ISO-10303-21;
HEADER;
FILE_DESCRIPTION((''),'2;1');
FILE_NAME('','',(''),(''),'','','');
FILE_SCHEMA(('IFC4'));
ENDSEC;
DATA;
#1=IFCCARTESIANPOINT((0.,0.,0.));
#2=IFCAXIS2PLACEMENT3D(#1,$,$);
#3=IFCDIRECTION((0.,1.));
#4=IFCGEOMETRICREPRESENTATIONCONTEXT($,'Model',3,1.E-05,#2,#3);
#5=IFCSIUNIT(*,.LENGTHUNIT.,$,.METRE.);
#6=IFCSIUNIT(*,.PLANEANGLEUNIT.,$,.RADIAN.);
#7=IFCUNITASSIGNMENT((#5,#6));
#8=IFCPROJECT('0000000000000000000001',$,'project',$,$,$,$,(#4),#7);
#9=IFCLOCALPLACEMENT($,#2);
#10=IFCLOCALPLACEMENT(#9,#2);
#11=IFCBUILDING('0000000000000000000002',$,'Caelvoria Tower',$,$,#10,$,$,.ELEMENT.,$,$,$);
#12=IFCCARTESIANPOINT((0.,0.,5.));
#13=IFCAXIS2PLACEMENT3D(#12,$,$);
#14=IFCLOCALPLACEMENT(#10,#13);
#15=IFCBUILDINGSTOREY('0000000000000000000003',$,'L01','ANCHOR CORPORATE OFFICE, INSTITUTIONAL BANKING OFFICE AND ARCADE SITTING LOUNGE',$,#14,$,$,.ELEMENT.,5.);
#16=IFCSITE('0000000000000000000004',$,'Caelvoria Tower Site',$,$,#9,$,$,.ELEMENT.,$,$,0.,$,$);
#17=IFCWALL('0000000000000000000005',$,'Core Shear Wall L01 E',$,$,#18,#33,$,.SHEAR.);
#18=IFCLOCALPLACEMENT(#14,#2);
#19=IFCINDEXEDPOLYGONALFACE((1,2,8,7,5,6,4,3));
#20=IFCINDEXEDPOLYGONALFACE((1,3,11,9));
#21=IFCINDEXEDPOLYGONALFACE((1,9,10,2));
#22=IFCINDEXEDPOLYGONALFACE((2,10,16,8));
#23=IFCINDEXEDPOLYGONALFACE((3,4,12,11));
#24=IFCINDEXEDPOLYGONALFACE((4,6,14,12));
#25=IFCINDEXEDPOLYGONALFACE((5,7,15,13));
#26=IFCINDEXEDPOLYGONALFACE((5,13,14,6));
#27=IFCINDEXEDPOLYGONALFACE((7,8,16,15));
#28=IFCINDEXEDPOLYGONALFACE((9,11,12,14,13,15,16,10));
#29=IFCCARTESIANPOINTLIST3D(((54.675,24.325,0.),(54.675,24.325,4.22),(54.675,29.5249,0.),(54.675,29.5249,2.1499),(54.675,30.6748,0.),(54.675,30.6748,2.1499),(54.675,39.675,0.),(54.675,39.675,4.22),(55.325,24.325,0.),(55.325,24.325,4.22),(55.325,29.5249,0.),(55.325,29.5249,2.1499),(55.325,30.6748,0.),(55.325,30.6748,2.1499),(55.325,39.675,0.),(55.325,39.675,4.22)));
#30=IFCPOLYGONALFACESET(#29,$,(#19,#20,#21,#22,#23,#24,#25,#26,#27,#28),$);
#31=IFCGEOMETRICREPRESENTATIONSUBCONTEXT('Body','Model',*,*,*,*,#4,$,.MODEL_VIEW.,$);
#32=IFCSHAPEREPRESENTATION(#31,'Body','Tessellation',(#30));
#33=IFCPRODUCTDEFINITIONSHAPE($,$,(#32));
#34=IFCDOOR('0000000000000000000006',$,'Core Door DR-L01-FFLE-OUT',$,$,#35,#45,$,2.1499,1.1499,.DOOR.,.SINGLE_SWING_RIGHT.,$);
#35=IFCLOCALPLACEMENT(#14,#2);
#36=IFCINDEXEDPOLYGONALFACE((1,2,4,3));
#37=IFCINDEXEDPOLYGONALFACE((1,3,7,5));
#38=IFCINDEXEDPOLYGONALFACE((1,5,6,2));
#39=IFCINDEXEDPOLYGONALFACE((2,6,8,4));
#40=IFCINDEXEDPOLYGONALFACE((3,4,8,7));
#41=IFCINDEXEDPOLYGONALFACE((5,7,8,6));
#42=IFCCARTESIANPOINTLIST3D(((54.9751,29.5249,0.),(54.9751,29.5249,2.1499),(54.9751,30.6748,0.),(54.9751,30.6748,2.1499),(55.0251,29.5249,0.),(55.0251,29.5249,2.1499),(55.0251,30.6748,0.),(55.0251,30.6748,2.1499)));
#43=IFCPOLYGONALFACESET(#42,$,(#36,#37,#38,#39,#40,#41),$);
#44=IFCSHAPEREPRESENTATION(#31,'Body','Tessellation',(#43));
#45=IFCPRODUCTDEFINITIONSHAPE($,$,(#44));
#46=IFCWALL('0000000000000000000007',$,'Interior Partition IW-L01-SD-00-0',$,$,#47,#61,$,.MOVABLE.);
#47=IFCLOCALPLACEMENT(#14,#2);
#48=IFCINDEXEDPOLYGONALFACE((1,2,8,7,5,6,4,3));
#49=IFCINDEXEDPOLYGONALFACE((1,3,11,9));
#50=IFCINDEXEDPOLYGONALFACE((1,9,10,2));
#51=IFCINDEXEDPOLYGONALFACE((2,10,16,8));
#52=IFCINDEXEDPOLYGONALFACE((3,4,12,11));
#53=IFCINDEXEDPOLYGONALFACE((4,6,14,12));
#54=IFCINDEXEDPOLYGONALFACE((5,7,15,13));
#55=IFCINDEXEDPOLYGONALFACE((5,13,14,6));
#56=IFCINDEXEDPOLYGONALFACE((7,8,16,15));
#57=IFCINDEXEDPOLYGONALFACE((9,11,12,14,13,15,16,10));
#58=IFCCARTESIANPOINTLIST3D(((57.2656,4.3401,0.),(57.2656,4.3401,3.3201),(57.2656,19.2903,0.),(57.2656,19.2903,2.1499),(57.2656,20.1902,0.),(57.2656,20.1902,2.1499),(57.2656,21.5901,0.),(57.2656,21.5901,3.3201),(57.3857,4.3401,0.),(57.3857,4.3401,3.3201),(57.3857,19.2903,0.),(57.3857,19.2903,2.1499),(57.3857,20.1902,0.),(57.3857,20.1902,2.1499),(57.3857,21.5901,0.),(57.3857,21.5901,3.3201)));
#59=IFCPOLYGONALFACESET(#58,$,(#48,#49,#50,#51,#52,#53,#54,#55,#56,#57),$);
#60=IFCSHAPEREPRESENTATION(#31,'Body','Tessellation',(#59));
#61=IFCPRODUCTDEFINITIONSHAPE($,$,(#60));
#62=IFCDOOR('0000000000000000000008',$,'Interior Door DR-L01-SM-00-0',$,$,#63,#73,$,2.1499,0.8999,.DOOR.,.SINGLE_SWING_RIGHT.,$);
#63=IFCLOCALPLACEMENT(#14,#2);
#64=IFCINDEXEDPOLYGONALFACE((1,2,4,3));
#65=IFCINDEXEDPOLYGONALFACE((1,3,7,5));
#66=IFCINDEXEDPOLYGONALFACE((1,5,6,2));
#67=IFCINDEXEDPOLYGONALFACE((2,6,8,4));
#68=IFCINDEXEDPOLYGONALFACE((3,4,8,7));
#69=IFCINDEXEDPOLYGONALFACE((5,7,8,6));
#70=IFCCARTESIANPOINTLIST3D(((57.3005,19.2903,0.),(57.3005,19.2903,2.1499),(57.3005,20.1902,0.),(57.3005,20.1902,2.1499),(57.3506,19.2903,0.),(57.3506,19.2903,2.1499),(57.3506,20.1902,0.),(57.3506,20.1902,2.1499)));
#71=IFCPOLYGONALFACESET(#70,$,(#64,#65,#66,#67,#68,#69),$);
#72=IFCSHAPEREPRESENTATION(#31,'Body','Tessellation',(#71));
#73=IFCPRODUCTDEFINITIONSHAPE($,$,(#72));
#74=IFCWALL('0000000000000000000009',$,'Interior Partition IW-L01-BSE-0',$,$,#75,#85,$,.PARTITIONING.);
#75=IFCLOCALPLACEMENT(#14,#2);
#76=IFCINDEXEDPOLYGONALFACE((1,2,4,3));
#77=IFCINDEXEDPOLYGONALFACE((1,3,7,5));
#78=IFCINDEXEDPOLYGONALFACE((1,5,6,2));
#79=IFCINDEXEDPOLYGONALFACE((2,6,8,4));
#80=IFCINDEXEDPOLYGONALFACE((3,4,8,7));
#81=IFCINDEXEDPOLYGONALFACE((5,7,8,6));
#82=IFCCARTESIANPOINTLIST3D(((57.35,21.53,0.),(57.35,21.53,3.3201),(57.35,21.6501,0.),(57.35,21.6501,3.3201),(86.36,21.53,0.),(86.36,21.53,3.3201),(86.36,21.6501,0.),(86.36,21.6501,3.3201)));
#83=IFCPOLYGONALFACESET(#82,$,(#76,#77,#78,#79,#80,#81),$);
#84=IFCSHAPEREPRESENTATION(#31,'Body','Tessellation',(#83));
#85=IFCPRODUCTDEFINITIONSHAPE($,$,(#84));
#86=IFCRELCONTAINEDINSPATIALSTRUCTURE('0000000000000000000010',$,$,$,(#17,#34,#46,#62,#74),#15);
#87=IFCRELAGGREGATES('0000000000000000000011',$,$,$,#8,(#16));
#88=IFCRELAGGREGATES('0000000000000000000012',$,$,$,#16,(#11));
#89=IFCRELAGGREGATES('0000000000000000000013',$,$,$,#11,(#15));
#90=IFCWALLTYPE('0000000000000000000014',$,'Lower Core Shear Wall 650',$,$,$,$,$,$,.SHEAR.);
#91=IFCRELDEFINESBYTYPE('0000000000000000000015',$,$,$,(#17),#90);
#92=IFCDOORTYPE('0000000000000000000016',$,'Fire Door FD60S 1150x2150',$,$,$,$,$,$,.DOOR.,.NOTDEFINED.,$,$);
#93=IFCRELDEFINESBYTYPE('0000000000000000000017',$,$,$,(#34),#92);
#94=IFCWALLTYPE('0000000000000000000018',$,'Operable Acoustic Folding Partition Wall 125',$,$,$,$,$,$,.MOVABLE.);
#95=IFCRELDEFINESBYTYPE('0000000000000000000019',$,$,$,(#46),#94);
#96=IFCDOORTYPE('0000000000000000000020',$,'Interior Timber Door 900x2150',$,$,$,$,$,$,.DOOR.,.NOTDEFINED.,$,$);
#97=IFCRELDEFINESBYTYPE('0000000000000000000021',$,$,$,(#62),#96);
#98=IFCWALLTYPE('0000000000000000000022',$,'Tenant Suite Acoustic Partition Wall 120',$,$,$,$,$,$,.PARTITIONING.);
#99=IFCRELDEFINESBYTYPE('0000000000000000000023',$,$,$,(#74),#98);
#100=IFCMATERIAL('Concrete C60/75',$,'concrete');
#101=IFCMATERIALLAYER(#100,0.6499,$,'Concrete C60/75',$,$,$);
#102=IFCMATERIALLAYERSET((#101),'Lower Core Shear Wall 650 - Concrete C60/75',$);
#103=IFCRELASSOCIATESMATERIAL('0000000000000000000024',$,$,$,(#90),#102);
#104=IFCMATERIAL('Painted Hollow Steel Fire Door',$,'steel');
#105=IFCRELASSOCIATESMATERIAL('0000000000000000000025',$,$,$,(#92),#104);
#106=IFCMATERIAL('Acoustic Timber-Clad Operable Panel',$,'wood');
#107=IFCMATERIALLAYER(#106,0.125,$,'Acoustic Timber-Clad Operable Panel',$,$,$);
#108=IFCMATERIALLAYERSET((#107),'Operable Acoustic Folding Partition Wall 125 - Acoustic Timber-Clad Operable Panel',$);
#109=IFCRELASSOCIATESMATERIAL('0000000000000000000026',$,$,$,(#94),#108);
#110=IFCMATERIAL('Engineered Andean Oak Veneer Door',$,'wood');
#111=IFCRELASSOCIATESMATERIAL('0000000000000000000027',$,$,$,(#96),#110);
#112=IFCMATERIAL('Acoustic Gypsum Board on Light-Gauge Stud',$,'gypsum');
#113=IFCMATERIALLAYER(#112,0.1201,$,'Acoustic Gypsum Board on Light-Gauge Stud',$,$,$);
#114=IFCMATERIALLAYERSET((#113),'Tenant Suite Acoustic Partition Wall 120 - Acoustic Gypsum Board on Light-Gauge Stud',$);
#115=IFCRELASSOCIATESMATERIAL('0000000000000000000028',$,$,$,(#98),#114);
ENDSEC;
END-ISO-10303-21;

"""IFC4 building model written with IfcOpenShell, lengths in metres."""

from ifc_helpers import new_model, si_unit, direction, frame, frame_2d, origin, place, context, subcontext, project, spatial, rectangle, extrude, material, layer, layer_set, type_object, element, fill, save


model = new_model("IFC4")

# Units and contexts
model_context = context("Model", 3, precision=1e-05, world=origin(), true_north=direction((0.0, 1.0)))
body_context = subcontext(model_context, "Body", "Model", "MODEL_VIEW")
ifc_project = project(units=[si_unit("LENGTHUNIT", "METRE"), si_unit("PLANEANGLEUNIT", "RADIAN")], contexts=[model_context])

# Site, building, storey
site_placement = place(None, origin())
site = spatial("IfcSite", under=ifc_project, at=site_placement, Name="Caelvoria Tower Site", CompositionType="ELEMENT", RefElevation=0.0)
building_placement = place(site_placement, origin())
building = spatial("IfcBuilding", under=site, at=building_placement, Name="Caelvoria Tower", CompositionType="ELEMENT")
storey_placement = place(building_placement, frame((0.0, 0.0, 5.0)))
storey = spatial("IfcBuildingStorey", under=building, at=storey_placement, Name="L01", Description="ANCHOR CORPORATE OFFICE, INSTITUTIONAL BANKING OFFICE AND ARCADE SITTING LOUNGE", CompositionType="ELEMENT", Elevation=5.0)

# Walls, openings, doors
ifc_material_1 = material(Name="Concrete C60/75", Category="concrete")
ifc_layer_1 = layer(ifc_material_1, 0.6499, Name="Concrete C60/75")
ifc_layer_set_1 = layer_set([ifc_layer_1], Name="Lower Core Shear Wall 650 - Concrete C60/75")
wall_type_1 = type_object("IfcWallType", Name="Lower Core Shear Wall 650", PredefinedType="SHEAR", material=ifc_layer_set_1)
wall_1_placement = place(storey_placement, frame((55.0, 24.325, 0.0), z_axis=(0.0, 0.0, 1.0), x_axis=(0.0, 1.0, 0.0)))
wall_1 = element("IfcWall", 1, at=wall_1_placement, inside=storey, type_object=wall_type_1, Name="Core Shear Wall L01 E", PredefinedType="SHEAR", context=body_context, shape_type="SweptSolid", body=[
    extrude(rectangle(XDim=15.3501, YDim=0.6499, at=frame_2d((7.675, 0.0))), origin(), (0.0, 0.0, 1.0), 4.22),
])
opening_1_placement = place(wall_1_placement, frame((5.2, 0.0, 0.0)))
opening_1 = element("IfcOpeningElement", 2, at=opening_1_placement, cuts=wall_1, PredefinedType="OPENING", context=body_context, shape_type="SweptSolid", body=[
    extrude(rectangle(XDim=1.1499, YDim=2.1499, at=frame_2d((0.575, 1.075))), frame((0.0, 0.335, 0.0), z_axis=(0.0, -1.0, 0.0), x_axis=(1.0, 0.0, 0.0)), (0.0, 0.0, 1.0), 0.6699),
])
ifc_material_2 = material(Name="Painted Hollow Steel Fire Door", Category="steel")
door_type_1 = type_object("IfcDoorType", Name="Fire Door FD60S 1150x2150", OperationType="NOTDEFINED", PredefinedType="DOOR", material=ifc_material_2)
door_1_placement = place(opening_1_placement, origin())
door_1 = element("IfcDoor", 3, at=door_1_placement, inside=storey, type_object=door_type_1, Name="Core Door DR-L01-FFLE-OUT", OperationType="SINGLE_SWING_RIGHT", OverallHeight=2.1499, OverallWidth=1.1499, PredefinedType="DOOR", context=body_context, shape_type="SweptSolid", body=[
    extrude(rectangle(XDim=1.1499, YDim=2.1499, at=frame_2d((0.575, 1.075))), frame((0.0, 0.0249, 0.0), z_axis=(0.0, -1.0, 0.0), x_axis=(1.0, 0.0, 0.0)), (0.0, 0.0, 1.0), 0.05),
])
fill(opening_1, door_1)
ifc_material_3 = material(Name="Acoustic Timber-Clad Operable Panel", Category="wood")
ifc_layer_2 = layer(ifc_material_3, 0.125, Name="Acoustic Timber-Clad Operable Panel")
ifc_layer_set_2 = layer_set([ifc_layer_2], Name="Operable Acoustic Folding Partition Wall 125 - Acoustic Timber-Clad Operable Panel")
wall_type_2 = type_object("IfcWallType", Name="Operable Acoustic Folding Partition Wall 125", PredefinedType="MOVABLE", material=ifc_layer_set_2)
wall_2_placement = place(storey_placement, frame((57.3257, 21.5901, 0.0), z_axis=(0.0, 0.0, 1.0), x_axis=(0.0, -1.0, 0.0)))
wall_2 = element("IfcWall", 4, at=wall_2_placement, inside=storey, type_object=wall_type_2, Name="Interior Partition IW-L01-SD-00-0", PredefinedType="MOVABLE", context=body_context, shape_type="SweptSolid", body=[
    extrude(rectangle(XDim=17.25, YDim=0.1201, at=frame_2d((8.625, 0.0))), origin(), (0.0, 0.0, 1.0), 3.3201),
])
opening_2_placement = place(wall_2_placement, frame((1.3999, 0.0, 0.0)))
opening_2 = element("IfcOpeningElement", 5, at=opening_2_placement, cuts=wall_2, PredefinedType="OPENING", context=body_context, shape_type="SweptSolid", body=[
    extrude(rectangle(XDim=0.8999, YDim=2.1499, at=frame_2d((0.45, 1.075))), frame((0.0, 0.0701, 0.0), z_axis=(0.0, -1.0, 0.0), x_axis=(1.0, 0.0, 0.0)), (0.0, 0.0, 1.0), 0.1401),
])
ifc_material_4 = material(Name="Engineered Andean Oak Veneer Door", Category="wood")
door_type_2 = type_object("IfcDoorType", Name="Interior Timber Door 900x2150", OperationType="NOTDEFINED", PredefinedType="DOOR", material=ifc_material_4)
door_2_placement = place(opening_2_placement, origin())
door_2 = element("IfcDoor", 6, at=door_2_placement, inside=storey, type_object=door_type_2, Name="Interior Door DR-L01-SM-00-0", OperationType="SINGLE_SWING_RIGHT", OverallHeight=2.1499, OverallWidth=0.8999, PredefinedType="DOOR", context=body_context, shape_type="SweptSolid", body=[
    extrude(rectangle(XDim=0.8999, YDim=2.1499, at=frame_2d((0.45, 1.075))), frame((0.0, 0.0249, 0.0), z_axis=(0.0, -1.0, 0.0), x_axis=(1.0, 0.0, 0.0)), (0.0, 0.0, 1.0), 0.05),
])
fill(opening_2, door_2)

# Wall
ifc_material_5 = material(Name="Acoustic Gypsum Board on Light-Gauge Stud", Category="gypsum")
ifc_layer_3 = layer(ifc_material_5, 0.1201, Name="Acoustic Gypsum Board on Light-Gauge Stud")
ifc_layer_set_3 = layer_set([ifc_layer_3], Name="Tenant Suite Acoustic Partition Wall 120 - Acoustic Gypsum Board on Light-Gauge Stud")
wall_type_3 = type_object("IfcWallType", Name="Tenant Suite Acoustic Partition Wall 120", PredefinedType="PARTITIONING", material=ifc_layer_set_3)
wall_3_placement = place(storey_placement, frame((57.3501, 21.5901, 0.0), z_axis=(0.0, 0.0, 1.0), x_axis=(1.0, 0.0, 0.0)))
element("IfcWall", 7, at=wall_3_placement, inside=storey, type_object=wall_type_3, Name="Interior Partition IW-L01-BSE-0", PredefinedType="PARTITIONING", context=body_context, shape_type="SweptSolid", body=[
    extrude(rectangle(XDim=29.01, YDim=0.1201, at=frame_2d((14.5049, 0.0))), origin(), (0.0, 0.0, 1.0), 3.3201),
])

save(model, "model.ifc")
